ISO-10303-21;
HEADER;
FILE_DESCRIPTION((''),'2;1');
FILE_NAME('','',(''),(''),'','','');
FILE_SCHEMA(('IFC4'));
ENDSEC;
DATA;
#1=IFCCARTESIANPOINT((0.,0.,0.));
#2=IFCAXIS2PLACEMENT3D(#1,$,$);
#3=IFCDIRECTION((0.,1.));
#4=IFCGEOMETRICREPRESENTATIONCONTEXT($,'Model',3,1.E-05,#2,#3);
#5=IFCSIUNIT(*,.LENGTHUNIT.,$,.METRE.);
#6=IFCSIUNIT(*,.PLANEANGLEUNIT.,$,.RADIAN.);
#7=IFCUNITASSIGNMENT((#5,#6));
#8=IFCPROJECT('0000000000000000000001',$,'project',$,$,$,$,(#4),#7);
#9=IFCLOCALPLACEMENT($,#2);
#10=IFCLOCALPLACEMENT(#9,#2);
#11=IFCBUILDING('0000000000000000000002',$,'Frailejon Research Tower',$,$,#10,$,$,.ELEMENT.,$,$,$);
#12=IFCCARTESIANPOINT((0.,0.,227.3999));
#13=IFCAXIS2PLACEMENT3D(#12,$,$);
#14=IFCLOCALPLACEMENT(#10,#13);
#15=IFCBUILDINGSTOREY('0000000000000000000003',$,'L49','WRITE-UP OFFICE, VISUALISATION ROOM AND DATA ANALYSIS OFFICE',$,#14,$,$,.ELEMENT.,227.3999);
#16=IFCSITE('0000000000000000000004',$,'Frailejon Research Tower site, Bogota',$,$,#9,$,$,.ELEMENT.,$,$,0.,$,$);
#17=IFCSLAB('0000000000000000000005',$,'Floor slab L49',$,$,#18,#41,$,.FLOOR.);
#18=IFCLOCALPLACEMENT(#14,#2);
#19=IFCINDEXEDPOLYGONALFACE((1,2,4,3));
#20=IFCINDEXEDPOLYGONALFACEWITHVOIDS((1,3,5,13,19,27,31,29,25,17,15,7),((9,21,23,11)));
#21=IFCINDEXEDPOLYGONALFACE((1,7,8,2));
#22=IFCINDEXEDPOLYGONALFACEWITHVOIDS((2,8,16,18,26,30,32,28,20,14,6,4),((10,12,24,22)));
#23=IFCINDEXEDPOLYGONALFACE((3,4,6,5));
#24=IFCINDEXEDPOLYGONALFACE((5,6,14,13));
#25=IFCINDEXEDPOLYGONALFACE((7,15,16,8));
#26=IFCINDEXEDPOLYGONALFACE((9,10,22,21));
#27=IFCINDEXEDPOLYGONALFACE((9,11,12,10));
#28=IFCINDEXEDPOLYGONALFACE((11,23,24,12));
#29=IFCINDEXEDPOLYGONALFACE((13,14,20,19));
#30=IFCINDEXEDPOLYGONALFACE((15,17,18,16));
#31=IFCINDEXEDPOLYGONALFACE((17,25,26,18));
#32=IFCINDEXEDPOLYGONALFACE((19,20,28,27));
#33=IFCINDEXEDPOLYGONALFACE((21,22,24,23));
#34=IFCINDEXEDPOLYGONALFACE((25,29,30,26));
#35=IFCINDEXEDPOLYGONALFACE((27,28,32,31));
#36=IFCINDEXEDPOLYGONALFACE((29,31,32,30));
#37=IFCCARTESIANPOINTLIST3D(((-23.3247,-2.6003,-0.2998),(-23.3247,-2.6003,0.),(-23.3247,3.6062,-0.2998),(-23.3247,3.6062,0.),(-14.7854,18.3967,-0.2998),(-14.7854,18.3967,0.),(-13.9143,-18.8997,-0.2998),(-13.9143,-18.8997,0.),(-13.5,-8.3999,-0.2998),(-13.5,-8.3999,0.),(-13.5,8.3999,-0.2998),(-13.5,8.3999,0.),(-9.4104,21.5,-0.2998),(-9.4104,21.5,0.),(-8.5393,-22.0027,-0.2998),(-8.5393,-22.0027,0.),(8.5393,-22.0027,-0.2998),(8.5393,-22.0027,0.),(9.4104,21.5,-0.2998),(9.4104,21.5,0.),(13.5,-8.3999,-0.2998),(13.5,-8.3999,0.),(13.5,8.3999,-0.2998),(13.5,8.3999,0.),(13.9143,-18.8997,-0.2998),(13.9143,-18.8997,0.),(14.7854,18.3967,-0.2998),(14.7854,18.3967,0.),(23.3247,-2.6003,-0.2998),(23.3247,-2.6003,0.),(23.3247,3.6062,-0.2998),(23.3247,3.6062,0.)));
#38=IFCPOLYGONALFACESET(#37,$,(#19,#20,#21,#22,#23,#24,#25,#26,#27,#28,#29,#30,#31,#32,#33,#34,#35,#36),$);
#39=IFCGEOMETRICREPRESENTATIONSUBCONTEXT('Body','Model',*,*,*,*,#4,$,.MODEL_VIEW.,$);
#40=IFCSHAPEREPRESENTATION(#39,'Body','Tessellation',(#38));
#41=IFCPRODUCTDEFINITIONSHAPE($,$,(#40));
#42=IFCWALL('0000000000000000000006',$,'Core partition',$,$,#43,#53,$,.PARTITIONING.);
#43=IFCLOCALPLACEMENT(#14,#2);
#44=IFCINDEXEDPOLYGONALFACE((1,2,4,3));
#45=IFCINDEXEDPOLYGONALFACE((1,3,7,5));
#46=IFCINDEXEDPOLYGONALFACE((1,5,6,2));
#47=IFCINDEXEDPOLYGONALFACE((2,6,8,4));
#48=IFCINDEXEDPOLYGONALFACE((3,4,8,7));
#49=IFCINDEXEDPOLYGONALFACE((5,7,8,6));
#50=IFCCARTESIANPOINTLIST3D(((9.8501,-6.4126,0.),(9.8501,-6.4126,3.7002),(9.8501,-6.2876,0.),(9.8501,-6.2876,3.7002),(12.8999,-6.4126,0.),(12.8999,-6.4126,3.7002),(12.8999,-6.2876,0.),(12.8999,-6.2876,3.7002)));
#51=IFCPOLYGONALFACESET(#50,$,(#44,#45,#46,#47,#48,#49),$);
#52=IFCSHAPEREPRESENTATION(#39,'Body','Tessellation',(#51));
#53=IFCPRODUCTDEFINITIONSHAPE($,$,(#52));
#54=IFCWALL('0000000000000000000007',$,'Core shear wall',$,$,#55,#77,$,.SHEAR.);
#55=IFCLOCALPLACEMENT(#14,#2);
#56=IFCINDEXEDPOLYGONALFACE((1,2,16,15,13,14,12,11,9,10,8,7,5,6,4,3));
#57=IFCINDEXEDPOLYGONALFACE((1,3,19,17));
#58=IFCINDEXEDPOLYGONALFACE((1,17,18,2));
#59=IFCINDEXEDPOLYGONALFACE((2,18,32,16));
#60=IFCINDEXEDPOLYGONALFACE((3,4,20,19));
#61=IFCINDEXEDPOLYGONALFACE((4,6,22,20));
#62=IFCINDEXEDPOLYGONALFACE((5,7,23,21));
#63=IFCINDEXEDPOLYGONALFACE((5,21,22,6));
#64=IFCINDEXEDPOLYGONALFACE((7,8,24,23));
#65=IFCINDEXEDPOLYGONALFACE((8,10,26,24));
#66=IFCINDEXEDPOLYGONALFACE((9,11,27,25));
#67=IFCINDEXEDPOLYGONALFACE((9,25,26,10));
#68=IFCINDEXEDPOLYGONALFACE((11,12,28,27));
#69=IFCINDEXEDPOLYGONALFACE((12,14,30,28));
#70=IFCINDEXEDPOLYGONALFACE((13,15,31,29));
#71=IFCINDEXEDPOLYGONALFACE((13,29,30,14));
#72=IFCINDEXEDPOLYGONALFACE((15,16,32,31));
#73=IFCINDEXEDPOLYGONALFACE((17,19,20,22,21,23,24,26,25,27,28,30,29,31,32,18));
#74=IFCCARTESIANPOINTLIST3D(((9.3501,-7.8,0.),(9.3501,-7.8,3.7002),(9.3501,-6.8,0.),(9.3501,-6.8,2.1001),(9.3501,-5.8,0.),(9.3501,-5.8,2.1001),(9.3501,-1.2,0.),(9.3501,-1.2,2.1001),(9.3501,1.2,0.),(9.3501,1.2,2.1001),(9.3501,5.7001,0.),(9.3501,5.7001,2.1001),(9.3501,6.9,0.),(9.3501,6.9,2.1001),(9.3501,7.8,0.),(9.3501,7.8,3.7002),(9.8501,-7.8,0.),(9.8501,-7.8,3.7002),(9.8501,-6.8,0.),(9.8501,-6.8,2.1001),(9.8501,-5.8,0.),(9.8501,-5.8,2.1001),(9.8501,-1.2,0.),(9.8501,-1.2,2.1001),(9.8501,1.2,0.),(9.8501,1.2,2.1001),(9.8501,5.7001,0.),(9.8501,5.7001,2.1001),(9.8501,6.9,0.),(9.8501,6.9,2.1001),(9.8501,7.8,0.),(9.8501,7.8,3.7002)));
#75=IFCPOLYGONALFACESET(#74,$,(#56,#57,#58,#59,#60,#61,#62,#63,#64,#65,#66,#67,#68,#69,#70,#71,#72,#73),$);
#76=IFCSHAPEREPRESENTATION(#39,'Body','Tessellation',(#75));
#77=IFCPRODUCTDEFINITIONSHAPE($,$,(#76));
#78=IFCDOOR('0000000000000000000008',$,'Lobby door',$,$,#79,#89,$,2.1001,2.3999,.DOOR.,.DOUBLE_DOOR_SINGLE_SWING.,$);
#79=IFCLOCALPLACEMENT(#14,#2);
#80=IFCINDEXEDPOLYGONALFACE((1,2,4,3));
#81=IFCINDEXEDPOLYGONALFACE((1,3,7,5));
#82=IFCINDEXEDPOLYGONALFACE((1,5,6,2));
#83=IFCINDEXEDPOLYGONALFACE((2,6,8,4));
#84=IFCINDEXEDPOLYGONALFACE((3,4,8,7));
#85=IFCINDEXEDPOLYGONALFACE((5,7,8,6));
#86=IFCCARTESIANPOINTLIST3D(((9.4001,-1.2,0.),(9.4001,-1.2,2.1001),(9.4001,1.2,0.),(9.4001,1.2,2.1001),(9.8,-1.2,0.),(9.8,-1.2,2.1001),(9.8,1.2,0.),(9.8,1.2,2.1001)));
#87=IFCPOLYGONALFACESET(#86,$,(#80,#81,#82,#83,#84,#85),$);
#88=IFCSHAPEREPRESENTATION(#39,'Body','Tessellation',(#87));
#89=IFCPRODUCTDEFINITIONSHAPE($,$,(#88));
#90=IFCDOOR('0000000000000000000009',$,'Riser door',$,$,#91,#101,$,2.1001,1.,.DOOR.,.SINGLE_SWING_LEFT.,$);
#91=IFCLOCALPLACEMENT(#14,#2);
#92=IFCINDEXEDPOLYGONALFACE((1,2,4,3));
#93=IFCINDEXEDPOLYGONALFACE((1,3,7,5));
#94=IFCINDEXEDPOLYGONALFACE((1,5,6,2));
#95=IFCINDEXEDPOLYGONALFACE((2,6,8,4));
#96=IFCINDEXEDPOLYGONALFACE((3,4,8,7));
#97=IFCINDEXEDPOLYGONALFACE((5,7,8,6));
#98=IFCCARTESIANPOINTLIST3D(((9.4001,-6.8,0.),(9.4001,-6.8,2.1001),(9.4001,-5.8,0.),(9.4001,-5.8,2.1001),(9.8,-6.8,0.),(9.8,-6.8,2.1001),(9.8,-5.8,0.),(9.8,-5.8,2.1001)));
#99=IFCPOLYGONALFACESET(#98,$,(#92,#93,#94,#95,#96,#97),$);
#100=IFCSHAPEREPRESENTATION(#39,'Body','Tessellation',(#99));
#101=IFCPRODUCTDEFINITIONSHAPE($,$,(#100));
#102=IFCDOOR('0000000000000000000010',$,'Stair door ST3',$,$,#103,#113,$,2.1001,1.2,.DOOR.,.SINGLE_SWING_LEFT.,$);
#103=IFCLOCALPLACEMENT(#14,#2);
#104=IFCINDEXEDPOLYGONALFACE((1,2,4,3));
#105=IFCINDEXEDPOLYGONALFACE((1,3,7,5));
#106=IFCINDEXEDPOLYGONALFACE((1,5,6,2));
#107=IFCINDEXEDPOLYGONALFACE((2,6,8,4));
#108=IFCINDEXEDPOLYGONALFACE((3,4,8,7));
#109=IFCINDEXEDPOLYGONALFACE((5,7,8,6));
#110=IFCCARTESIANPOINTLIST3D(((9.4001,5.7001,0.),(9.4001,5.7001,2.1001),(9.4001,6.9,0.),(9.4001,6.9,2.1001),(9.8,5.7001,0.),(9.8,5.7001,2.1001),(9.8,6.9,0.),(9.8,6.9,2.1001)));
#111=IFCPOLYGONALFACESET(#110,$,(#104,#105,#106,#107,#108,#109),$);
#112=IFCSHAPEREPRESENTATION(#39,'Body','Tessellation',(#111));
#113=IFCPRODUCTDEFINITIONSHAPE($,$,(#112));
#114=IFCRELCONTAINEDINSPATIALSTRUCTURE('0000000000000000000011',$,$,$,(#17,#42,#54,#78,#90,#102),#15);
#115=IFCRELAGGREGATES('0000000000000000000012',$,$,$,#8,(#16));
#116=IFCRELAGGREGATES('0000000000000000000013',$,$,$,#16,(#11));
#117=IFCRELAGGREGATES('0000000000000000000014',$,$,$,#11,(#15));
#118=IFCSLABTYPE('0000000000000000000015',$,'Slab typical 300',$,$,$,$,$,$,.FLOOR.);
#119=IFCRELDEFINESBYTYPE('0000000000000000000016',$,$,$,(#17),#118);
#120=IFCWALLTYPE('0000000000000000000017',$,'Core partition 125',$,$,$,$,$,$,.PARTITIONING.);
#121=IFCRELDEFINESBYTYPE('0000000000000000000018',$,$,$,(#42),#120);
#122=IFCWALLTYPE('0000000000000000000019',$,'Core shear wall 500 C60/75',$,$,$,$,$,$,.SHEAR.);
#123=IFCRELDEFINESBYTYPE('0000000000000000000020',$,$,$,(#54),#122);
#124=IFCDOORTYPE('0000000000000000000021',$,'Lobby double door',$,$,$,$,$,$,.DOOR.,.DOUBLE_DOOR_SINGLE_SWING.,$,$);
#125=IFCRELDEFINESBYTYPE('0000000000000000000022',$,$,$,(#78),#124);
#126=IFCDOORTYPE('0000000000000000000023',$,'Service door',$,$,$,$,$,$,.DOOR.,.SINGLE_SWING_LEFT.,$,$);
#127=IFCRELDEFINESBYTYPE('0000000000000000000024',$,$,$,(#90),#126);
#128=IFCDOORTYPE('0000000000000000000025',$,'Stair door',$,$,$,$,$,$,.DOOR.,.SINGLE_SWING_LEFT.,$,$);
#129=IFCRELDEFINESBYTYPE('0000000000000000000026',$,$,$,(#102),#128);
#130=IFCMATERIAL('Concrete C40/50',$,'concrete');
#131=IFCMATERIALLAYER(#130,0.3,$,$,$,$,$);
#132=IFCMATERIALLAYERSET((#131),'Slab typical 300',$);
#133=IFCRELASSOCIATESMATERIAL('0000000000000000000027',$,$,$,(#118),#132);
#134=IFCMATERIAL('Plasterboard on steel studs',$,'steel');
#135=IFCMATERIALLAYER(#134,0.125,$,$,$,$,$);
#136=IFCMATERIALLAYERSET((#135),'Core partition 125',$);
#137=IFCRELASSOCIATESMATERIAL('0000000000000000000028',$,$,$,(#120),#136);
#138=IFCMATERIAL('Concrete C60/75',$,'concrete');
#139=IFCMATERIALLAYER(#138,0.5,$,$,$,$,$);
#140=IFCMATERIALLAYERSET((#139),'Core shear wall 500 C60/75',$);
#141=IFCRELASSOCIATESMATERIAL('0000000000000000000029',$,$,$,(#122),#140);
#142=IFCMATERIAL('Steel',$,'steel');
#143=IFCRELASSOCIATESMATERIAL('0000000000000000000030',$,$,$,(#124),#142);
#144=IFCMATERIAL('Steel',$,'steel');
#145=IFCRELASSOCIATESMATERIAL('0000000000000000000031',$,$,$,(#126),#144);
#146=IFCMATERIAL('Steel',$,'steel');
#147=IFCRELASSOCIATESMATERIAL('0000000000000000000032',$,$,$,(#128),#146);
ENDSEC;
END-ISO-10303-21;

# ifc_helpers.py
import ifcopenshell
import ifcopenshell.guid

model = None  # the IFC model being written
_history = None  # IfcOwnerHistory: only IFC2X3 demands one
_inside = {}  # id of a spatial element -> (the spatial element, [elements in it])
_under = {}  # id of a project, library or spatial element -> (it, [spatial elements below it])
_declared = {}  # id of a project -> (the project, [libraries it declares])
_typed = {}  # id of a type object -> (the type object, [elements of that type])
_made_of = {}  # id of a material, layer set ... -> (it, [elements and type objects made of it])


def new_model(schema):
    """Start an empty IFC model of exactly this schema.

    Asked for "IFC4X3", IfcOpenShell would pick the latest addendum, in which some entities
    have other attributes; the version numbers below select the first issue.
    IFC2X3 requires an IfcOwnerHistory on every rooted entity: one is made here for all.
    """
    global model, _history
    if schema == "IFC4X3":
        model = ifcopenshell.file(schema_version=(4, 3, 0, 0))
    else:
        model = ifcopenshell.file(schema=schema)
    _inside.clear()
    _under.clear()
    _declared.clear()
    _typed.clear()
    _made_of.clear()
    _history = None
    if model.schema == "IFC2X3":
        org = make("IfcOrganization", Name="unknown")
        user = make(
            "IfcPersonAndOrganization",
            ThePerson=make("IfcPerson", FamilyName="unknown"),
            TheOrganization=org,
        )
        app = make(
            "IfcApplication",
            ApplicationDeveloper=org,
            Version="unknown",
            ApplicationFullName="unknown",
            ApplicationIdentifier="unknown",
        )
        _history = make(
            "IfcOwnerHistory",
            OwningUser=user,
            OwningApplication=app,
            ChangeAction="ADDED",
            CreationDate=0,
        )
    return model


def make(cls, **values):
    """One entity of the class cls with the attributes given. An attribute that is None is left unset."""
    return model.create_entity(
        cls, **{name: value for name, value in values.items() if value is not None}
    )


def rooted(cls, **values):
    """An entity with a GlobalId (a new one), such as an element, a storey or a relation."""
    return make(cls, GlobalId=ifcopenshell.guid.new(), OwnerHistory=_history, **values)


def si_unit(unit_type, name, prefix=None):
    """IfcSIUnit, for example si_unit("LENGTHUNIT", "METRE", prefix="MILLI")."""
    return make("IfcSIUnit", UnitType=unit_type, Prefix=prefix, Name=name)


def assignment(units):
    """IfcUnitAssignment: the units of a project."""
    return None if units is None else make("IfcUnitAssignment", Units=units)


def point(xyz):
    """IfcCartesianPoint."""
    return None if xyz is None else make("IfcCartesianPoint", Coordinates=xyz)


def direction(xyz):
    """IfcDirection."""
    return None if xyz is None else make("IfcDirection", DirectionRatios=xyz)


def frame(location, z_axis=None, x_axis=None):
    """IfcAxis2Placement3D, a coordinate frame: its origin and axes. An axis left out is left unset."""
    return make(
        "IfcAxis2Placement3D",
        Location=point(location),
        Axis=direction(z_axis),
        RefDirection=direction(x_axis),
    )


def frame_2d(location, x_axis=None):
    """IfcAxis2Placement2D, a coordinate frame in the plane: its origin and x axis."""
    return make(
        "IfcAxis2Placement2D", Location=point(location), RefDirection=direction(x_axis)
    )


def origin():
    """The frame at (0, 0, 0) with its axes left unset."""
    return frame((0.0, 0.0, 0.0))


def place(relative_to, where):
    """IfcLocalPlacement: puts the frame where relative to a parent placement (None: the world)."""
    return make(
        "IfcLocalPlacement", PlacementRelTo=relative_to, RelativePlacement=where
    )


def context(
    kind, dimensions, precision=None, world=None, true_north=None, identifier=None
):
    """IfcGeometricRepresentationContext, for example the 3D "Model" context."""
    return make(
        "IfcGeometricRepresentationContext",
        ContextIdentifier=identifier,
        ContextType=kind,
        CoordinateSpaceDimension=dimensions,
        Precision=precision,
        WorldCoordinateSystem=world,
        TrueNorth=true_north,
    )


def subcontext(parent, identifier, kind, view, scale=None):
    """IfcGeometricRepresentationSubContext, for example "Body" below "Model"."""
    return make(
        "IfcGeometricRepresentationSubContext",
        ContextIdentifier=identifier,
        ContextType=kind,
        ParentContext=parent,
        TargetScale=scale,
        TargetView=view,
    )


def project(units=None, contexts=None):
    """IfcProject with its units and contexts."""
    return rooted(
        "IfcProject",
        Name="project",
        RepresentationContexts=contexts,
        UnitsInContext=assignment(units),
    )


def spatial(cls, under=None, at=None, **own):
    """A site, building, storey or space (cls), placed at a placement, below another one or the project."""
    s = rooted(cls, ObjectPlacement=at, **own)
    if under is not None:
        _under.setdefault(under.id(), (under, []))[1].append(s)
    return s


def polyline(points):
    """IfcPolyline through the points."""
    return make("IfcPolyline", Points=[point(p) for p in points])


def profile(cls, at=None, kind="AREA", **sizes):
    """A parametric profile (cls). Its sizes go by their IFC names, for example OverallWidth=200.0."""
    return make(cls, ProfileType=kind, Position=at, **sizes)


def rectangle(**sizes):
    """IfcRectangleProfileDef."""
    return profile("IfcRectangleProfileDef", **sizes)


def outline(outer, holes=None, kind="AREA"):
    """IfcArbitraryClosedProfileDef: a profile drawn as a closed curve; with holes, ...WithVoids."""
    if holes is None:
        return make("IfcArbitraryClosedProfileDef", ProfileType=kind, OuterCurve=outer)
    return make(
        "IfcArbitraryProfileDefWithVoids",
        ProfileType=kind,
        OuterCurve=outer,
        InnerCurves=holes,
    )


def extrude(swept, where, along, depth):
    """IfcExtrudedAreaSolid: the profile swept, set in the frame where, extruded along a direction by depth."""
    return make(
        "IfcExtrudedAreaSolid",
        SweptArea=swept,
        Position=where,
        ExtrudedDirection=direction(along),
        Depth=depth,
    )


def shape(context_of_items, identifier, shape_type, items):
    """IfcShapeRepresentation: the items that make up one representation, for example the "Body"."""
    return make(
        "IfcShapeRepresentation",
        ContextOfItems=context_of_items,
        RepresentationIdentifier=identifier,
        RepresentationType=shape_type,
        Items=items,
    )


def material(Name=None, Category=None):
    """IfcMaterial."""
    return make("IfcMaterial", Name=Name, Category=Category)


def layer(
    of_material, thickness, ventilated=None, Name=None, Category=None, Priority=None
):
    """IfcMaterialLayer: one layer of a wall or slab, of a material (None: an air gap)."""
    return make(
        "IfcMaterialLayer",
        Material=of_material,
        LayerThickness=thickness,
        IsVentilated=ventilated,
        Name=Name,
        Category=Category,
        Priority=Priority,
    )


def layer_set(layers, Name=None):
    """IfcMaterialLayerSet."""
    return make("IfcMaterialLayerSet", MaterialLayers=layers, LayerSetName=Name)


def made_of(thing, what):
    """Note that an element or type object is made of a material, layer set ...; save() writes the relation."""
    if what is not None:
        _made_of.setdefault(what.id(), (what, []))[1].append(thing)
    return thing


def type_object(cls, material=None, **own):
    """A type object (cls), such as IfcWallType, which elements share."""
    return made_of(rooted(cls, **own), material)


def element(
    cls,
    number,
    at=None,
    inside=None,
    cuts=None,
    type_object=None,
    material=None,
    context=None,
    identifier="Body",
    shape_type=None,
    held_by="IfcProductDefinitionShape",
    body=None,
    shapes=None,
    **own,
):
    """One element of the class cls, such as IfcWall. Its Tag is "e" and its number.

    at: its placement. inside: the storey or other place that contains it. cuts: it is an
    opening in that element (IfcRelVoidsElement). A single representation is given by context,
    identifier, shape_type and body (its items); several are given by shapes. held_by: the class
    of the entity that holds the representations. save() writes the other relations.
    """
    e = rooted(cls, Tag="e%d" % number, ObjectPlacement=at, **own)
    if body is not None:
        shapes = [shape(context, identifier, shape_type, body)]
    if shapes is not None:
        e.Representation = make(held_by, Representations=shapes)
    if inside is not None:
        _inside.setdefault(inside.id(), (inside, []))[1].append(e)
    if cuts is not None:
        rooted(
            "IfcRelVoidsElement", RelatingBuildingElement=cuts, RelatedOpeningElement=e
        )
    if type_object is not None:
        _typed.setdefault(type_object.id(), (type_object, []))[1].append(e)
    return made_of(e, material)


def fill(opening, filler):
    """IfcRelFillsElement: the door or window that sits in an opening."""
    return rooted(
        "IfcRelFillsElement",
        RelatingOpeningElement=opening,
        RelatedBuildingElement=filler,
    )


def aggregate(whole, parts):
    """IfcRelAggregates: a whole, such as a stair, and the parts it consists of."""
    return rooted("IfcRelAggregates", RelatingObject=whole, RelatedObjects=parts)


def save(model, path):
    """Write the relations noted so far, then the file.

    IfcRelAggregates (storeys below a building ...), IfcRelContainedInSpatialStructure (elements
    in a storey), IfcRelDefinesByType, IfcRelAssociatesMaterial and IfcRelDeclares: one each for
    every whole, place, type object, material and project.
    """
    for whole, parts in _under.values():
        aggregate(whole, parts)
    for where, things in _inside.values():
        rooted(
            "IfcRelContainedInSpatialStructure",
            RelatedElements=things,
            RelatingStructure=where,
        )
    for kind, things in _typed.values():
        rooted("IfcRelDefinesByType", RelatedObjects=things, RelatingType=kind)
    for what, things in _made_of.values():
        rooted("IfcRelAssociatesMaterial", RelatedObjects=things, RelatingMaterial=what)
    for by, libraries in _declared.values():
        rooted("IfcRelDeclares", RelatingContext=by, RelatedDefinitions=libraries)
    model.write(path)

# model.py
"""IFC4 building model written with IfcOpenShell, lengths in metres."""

from ifc_helpers import new_model, si_unit, direction, frame, frame_2d, origin, place, context, subcontext, project, spatial, polyline, rectangle, outline, extrude, material, layer, layer_set, type_object, element, fill, save


model = new_model("IFC4")

# Units and contexts
model_context = context("Model", 3, precision=1e-05, world=origin(), true_north=direction((0.0, 1.0)))
body_context = subcontext(model_context, "Body", "Model", "MODEL_VIEW")
ifc_project = project(units=[si_unit("LENGTHUNIT", "METRE"), si_unit("PLANEANGLEUNIT", "RADIAN")], contexts=[model_context])

# Site, building, storey
site_placement = place(None, origin())
site = spatial("IfcSite", under=ifc_project, at=site_placement, Name="Frailejon Research Tower site, Bogota", CompositionType="ELEMENT", RefElevation=0.0)
building_placement = place(site_placement, origin())
building = spatial("IfcBuilding", under=site, at=building_placement, Name="Frailejon Research Tower", CompositionType="ELEMENT")
storey_placement = place(building_placement, frame((0.0, 0.0, 227.3999)))
storey = spatial("IfcBuildingStorey", under=building, at=storey_placement, Name="L49", Description="WRITE-UP OFFICE, VISUALISATION ROOM AND DATA ANALYSIS OFFICE", CompositionType="ELEMENT", Elevation=227.3999)

# Slab
ifc_material_1 = material(Name="Concrete C40/50", Category="concrete")
ifc_layer_1 = layer(ifc_material_1, 0.3)
ifc_layer_set_1 = layer_set([ifc_layer_1], Name="Slab typical 300")
slab_type = type_object("IfcSlabType", Name="Slab typical 300", PredefinedType="FLOOR", material=ifc_layer_set_1)
slab_placement = place(storey_placement, frame((0.0, 0.0, -0.2998)))
element("IfcSlab", 1, at=slab_placement, inside=storey, type_object=slab_type, Name="Floor slab L49", PredefinedType="FLOOR", context=body_context, shape_type="SweptSolid", body=[
    extrude(outline(polyline([(23.3247, -2.6003), (23.3247, 3.6062), (14.7854, 18.3967), (9.4104, 21.5), (-9.4104, 21.5), (-14.7854, 18.3967), (-23.3247, 3.6062), (-23.3247, -2.6003), (-13.9143, -18.8997), (-8.5393, -22.0027), (8.5393, -22.0027), (13.9143, -18.8997), (23.3247, -2.6003)]), holes=[polyline([(13.5, -8.3999), (-13.5, -8.3999), (-13.5, 8.3999), (13.5, 8.3999), (13.5, -8.3999)])]), origin(), (0.0, 0.0, 1.0), 0.2998),
])

# Wall
ifc_material_2 = material(Name="Plasterboard on steel studs", Category="steel")
ifc_layer_2 = layer(ifc_material_2, 0.125)
ifc_layer_set_2 = layer_set([ifc_layer_2], Name="Core partition 125")
wall_type_1 = type_object("IfcWallType", Name="Core partition 125", PredefinedType="PARTITIONING", material=ifc_layer_set_2)
wall_1_placement = place(storey_placement, frame((9.8501, -6.3501, 0.0), z_axis=(0.0, 0.0, 1.0), x_axis=(1.0, 0.0, 0.0)))
element("IfcWall", 2, at=wall_1_placement, inside=storey, type_object=wall_type_1, Name="Core partition", PredefinedType="PARTITIONING", context=body_context, shape_type="SweptSolid", body=[
    extrude(rectangle(XDim=3.0498, YDim=0.125, at=frame_2d((1.5249, 0.0))), origin(), (0.0, 0.0, 1.0), 3.7002),
])

# Wall, openings, doors
ifc_material_3 = material(Name="Concrete C60/75", Category="concrete")
ifc_layer_3 = layer(ifc_material_3, 0.5)
ifc_layer_set_3 = layer_set([ifc_layer_3], Name="Core shear wall 500 C60/75")
wall_type_2 = type_object("IfcWallType", Name="Core shear wall 500 C60/75", PredefinedType="SHEAR", material=ifc_layer_set_3)
wall_2_placement = place(storey_placement, frame((9.6001, -7.8, 0.0), z_axis=(0.0, 0.0, 1.0), x_axis=(0.0, 1.0, 0.0)))
wall_2 = element("IfcWall", 3, at=wall_2_placement, inside=storey, type_object=wall_type_2, Name="Core shear wall", PredefinedType="SHEAR", context=body_context, shape_type="SweptSolid", body=[
    extrude(rectangle(XDim=15.6001, YDim=0.5, at=frame_2d((7.8, 0.0))), origin(), (0.0, 0.0, 1.0), 3.7002),
])
opening_1_placement = place(wall_2_placement, frame((6.6001, 0.0, 0.0)))
opening_1 = element("IfcOpeningElement", 4, at=opening_1_placement, cuts=wall_2, PredefinedType="OPENING", context=body_context, shape_type="SweptSolid", body=[
    extrude(rectangle(XDim=2.3999, YDim=2.1001, at=frame_2d((1.2, 1.05))), frame((0.0, 0.26, 0.0), z_axis=(0.0, -1.0, 0.0), x_axis=(1.0, 0.0, 0.0)), (0.0, 0.0, 1.0), 0.52),
])
opening_2_placement = place(wall_2_placement, frame((13.5, 0.0, 0.0)))
opening_2 = element("IfcOpeningElement", 5, at=opening_2_placement, cuts=wall_2, PredefinedType="OPENING", context=body_context, shape_type="SweptSolid", body=[
    extrude(rectangle(XDim=1.2, YDim=2.1001, at=frame_2d((0.6001, 1.05))), frame((0.0, 0.26, 0.0), z_axis=(0.0, -1.0, 0.0), x_axis=(1.0, 0.0, 0.0)), (0.0, 0.0, 1.0), 0.52),
])
opening_3_placement = place(wall_2_placement, frame((1.0, 0.0, 0.0)))
opening_3 = element("IfcOpeningElement", 6, at=opening_3_placement, cuts=wall_2, PredefinedType="OPENING", context=body_context, shape_type="SweptSolid", body=[
    extrude(rectangle(XDim=1.0, YDim=2.1001, at=frame_2d((0.5, 1.05))), frame((0.0, 0.26, 0.0), z_axis=(0.0, -1.0, 0.0), x_axis=(1.0, 0.0, 0.0)), (0.0, 0.0, 1.0), 0.52),
])
ifc_material_4 = material(Name="Steel", Category="steel")
door_type_1 = type_object("IfcDoorType", Name="Lobby double door", OperationType="DOUBLE_DOOR_SINGLE_SWING", PredefinedType="DOOR", material=ifc_material_4)
door_1_placement = place(opening_1_placement, origin())
door_1 = element("IfcDoor", 7, at=door_1_placement, inside=storey, type_object=door_type_1, Name="Lobby door", OperationType="DOUBLE_DOOR_SINGLE_SWING", OverallHeight=2.1001, OverallWidth=2.3999, PredefinedType="DOOR", context=body_context, shape_type="SweptSolid", body=[
    extrude(rectangle(XDim=2.3999, YDim=2.1001, at=frame_2d((1.2, 1.05))), frame((0.0, 0.2, 0.0), z_axis=(0.0, -1.0, 0.0), x_axis=(1.0, 0.0, 0.0)), (0.0, 0.0, 1.0), 0.3999),
])
fill(opening_1, door_1)
ifc_material_5 = material(Name="Steel", Category="steel")
door_type_2 = type_object("IfcDoorType", Name="Service door", OperationType="SINGLE_SWING_LEFT", PredefinedType="DOOR", material=ifc_material_5)
door_2_placement = place(opening_3_placement, origin())
door_2 = element("IfcDoor", 8, at=door_2_placement, inside=storey, type_object=door_type_2, Name="Riser door", OperationType="SINGLE_SWING_LEFT", OverallHeight=2.1001, OverallWidth=1.0, PredefinedType="DOOR", context=body_context, shape_type="SweptSolid", body=[
    extrude(rectangle(XDim=1.0, YDim=2.1001, at=frame_2d((0.5, 1.05))), frame((0.0, 0.2, 0.0), z_axis=(0.0, -1.0, 0.0), x_axis=(1.0, 0.0, 0.0)), (0.0, 0.0, 1.0), 0.3999),
])
fill(opening_3, door_2)
ifc_material_6 = material(Name="Steel", Category="steel")
door_type_3 = type_object("IfcDoorType", Name="Stair door", OperationType="SINGLE_SWING_LEFT", PredefinedType="DOOR", material=ifc_material_6)
door_3_placement = place(opening_2_placement, origin())
door_3 = element("IfcDoor", 9, at=door_3_placement, inside=storey, type_object=door_type_3, Name="Stair door ST3", OperationType="SINGLE_SWING_LEFT", OverallHeight=2.1001, OverallWidth=1.2, PredefinedType="DOOR", context=body_context, shape_type="SweptSolid", body=[
    extrude(rectangle(XDim=1.2, YDim=2.1001, at=frame_2d((0.6001, 1.05))), frame((0.0, 0.2, 0.0), z_axis=(0.0, -1.0, 0.0), x_axis=(1.0, 0.0, 0.0)), (0.0, 0.0, 1.0), 0.3999),
])
fill(opening_2, door_3)

save(model, "model.ifc")
